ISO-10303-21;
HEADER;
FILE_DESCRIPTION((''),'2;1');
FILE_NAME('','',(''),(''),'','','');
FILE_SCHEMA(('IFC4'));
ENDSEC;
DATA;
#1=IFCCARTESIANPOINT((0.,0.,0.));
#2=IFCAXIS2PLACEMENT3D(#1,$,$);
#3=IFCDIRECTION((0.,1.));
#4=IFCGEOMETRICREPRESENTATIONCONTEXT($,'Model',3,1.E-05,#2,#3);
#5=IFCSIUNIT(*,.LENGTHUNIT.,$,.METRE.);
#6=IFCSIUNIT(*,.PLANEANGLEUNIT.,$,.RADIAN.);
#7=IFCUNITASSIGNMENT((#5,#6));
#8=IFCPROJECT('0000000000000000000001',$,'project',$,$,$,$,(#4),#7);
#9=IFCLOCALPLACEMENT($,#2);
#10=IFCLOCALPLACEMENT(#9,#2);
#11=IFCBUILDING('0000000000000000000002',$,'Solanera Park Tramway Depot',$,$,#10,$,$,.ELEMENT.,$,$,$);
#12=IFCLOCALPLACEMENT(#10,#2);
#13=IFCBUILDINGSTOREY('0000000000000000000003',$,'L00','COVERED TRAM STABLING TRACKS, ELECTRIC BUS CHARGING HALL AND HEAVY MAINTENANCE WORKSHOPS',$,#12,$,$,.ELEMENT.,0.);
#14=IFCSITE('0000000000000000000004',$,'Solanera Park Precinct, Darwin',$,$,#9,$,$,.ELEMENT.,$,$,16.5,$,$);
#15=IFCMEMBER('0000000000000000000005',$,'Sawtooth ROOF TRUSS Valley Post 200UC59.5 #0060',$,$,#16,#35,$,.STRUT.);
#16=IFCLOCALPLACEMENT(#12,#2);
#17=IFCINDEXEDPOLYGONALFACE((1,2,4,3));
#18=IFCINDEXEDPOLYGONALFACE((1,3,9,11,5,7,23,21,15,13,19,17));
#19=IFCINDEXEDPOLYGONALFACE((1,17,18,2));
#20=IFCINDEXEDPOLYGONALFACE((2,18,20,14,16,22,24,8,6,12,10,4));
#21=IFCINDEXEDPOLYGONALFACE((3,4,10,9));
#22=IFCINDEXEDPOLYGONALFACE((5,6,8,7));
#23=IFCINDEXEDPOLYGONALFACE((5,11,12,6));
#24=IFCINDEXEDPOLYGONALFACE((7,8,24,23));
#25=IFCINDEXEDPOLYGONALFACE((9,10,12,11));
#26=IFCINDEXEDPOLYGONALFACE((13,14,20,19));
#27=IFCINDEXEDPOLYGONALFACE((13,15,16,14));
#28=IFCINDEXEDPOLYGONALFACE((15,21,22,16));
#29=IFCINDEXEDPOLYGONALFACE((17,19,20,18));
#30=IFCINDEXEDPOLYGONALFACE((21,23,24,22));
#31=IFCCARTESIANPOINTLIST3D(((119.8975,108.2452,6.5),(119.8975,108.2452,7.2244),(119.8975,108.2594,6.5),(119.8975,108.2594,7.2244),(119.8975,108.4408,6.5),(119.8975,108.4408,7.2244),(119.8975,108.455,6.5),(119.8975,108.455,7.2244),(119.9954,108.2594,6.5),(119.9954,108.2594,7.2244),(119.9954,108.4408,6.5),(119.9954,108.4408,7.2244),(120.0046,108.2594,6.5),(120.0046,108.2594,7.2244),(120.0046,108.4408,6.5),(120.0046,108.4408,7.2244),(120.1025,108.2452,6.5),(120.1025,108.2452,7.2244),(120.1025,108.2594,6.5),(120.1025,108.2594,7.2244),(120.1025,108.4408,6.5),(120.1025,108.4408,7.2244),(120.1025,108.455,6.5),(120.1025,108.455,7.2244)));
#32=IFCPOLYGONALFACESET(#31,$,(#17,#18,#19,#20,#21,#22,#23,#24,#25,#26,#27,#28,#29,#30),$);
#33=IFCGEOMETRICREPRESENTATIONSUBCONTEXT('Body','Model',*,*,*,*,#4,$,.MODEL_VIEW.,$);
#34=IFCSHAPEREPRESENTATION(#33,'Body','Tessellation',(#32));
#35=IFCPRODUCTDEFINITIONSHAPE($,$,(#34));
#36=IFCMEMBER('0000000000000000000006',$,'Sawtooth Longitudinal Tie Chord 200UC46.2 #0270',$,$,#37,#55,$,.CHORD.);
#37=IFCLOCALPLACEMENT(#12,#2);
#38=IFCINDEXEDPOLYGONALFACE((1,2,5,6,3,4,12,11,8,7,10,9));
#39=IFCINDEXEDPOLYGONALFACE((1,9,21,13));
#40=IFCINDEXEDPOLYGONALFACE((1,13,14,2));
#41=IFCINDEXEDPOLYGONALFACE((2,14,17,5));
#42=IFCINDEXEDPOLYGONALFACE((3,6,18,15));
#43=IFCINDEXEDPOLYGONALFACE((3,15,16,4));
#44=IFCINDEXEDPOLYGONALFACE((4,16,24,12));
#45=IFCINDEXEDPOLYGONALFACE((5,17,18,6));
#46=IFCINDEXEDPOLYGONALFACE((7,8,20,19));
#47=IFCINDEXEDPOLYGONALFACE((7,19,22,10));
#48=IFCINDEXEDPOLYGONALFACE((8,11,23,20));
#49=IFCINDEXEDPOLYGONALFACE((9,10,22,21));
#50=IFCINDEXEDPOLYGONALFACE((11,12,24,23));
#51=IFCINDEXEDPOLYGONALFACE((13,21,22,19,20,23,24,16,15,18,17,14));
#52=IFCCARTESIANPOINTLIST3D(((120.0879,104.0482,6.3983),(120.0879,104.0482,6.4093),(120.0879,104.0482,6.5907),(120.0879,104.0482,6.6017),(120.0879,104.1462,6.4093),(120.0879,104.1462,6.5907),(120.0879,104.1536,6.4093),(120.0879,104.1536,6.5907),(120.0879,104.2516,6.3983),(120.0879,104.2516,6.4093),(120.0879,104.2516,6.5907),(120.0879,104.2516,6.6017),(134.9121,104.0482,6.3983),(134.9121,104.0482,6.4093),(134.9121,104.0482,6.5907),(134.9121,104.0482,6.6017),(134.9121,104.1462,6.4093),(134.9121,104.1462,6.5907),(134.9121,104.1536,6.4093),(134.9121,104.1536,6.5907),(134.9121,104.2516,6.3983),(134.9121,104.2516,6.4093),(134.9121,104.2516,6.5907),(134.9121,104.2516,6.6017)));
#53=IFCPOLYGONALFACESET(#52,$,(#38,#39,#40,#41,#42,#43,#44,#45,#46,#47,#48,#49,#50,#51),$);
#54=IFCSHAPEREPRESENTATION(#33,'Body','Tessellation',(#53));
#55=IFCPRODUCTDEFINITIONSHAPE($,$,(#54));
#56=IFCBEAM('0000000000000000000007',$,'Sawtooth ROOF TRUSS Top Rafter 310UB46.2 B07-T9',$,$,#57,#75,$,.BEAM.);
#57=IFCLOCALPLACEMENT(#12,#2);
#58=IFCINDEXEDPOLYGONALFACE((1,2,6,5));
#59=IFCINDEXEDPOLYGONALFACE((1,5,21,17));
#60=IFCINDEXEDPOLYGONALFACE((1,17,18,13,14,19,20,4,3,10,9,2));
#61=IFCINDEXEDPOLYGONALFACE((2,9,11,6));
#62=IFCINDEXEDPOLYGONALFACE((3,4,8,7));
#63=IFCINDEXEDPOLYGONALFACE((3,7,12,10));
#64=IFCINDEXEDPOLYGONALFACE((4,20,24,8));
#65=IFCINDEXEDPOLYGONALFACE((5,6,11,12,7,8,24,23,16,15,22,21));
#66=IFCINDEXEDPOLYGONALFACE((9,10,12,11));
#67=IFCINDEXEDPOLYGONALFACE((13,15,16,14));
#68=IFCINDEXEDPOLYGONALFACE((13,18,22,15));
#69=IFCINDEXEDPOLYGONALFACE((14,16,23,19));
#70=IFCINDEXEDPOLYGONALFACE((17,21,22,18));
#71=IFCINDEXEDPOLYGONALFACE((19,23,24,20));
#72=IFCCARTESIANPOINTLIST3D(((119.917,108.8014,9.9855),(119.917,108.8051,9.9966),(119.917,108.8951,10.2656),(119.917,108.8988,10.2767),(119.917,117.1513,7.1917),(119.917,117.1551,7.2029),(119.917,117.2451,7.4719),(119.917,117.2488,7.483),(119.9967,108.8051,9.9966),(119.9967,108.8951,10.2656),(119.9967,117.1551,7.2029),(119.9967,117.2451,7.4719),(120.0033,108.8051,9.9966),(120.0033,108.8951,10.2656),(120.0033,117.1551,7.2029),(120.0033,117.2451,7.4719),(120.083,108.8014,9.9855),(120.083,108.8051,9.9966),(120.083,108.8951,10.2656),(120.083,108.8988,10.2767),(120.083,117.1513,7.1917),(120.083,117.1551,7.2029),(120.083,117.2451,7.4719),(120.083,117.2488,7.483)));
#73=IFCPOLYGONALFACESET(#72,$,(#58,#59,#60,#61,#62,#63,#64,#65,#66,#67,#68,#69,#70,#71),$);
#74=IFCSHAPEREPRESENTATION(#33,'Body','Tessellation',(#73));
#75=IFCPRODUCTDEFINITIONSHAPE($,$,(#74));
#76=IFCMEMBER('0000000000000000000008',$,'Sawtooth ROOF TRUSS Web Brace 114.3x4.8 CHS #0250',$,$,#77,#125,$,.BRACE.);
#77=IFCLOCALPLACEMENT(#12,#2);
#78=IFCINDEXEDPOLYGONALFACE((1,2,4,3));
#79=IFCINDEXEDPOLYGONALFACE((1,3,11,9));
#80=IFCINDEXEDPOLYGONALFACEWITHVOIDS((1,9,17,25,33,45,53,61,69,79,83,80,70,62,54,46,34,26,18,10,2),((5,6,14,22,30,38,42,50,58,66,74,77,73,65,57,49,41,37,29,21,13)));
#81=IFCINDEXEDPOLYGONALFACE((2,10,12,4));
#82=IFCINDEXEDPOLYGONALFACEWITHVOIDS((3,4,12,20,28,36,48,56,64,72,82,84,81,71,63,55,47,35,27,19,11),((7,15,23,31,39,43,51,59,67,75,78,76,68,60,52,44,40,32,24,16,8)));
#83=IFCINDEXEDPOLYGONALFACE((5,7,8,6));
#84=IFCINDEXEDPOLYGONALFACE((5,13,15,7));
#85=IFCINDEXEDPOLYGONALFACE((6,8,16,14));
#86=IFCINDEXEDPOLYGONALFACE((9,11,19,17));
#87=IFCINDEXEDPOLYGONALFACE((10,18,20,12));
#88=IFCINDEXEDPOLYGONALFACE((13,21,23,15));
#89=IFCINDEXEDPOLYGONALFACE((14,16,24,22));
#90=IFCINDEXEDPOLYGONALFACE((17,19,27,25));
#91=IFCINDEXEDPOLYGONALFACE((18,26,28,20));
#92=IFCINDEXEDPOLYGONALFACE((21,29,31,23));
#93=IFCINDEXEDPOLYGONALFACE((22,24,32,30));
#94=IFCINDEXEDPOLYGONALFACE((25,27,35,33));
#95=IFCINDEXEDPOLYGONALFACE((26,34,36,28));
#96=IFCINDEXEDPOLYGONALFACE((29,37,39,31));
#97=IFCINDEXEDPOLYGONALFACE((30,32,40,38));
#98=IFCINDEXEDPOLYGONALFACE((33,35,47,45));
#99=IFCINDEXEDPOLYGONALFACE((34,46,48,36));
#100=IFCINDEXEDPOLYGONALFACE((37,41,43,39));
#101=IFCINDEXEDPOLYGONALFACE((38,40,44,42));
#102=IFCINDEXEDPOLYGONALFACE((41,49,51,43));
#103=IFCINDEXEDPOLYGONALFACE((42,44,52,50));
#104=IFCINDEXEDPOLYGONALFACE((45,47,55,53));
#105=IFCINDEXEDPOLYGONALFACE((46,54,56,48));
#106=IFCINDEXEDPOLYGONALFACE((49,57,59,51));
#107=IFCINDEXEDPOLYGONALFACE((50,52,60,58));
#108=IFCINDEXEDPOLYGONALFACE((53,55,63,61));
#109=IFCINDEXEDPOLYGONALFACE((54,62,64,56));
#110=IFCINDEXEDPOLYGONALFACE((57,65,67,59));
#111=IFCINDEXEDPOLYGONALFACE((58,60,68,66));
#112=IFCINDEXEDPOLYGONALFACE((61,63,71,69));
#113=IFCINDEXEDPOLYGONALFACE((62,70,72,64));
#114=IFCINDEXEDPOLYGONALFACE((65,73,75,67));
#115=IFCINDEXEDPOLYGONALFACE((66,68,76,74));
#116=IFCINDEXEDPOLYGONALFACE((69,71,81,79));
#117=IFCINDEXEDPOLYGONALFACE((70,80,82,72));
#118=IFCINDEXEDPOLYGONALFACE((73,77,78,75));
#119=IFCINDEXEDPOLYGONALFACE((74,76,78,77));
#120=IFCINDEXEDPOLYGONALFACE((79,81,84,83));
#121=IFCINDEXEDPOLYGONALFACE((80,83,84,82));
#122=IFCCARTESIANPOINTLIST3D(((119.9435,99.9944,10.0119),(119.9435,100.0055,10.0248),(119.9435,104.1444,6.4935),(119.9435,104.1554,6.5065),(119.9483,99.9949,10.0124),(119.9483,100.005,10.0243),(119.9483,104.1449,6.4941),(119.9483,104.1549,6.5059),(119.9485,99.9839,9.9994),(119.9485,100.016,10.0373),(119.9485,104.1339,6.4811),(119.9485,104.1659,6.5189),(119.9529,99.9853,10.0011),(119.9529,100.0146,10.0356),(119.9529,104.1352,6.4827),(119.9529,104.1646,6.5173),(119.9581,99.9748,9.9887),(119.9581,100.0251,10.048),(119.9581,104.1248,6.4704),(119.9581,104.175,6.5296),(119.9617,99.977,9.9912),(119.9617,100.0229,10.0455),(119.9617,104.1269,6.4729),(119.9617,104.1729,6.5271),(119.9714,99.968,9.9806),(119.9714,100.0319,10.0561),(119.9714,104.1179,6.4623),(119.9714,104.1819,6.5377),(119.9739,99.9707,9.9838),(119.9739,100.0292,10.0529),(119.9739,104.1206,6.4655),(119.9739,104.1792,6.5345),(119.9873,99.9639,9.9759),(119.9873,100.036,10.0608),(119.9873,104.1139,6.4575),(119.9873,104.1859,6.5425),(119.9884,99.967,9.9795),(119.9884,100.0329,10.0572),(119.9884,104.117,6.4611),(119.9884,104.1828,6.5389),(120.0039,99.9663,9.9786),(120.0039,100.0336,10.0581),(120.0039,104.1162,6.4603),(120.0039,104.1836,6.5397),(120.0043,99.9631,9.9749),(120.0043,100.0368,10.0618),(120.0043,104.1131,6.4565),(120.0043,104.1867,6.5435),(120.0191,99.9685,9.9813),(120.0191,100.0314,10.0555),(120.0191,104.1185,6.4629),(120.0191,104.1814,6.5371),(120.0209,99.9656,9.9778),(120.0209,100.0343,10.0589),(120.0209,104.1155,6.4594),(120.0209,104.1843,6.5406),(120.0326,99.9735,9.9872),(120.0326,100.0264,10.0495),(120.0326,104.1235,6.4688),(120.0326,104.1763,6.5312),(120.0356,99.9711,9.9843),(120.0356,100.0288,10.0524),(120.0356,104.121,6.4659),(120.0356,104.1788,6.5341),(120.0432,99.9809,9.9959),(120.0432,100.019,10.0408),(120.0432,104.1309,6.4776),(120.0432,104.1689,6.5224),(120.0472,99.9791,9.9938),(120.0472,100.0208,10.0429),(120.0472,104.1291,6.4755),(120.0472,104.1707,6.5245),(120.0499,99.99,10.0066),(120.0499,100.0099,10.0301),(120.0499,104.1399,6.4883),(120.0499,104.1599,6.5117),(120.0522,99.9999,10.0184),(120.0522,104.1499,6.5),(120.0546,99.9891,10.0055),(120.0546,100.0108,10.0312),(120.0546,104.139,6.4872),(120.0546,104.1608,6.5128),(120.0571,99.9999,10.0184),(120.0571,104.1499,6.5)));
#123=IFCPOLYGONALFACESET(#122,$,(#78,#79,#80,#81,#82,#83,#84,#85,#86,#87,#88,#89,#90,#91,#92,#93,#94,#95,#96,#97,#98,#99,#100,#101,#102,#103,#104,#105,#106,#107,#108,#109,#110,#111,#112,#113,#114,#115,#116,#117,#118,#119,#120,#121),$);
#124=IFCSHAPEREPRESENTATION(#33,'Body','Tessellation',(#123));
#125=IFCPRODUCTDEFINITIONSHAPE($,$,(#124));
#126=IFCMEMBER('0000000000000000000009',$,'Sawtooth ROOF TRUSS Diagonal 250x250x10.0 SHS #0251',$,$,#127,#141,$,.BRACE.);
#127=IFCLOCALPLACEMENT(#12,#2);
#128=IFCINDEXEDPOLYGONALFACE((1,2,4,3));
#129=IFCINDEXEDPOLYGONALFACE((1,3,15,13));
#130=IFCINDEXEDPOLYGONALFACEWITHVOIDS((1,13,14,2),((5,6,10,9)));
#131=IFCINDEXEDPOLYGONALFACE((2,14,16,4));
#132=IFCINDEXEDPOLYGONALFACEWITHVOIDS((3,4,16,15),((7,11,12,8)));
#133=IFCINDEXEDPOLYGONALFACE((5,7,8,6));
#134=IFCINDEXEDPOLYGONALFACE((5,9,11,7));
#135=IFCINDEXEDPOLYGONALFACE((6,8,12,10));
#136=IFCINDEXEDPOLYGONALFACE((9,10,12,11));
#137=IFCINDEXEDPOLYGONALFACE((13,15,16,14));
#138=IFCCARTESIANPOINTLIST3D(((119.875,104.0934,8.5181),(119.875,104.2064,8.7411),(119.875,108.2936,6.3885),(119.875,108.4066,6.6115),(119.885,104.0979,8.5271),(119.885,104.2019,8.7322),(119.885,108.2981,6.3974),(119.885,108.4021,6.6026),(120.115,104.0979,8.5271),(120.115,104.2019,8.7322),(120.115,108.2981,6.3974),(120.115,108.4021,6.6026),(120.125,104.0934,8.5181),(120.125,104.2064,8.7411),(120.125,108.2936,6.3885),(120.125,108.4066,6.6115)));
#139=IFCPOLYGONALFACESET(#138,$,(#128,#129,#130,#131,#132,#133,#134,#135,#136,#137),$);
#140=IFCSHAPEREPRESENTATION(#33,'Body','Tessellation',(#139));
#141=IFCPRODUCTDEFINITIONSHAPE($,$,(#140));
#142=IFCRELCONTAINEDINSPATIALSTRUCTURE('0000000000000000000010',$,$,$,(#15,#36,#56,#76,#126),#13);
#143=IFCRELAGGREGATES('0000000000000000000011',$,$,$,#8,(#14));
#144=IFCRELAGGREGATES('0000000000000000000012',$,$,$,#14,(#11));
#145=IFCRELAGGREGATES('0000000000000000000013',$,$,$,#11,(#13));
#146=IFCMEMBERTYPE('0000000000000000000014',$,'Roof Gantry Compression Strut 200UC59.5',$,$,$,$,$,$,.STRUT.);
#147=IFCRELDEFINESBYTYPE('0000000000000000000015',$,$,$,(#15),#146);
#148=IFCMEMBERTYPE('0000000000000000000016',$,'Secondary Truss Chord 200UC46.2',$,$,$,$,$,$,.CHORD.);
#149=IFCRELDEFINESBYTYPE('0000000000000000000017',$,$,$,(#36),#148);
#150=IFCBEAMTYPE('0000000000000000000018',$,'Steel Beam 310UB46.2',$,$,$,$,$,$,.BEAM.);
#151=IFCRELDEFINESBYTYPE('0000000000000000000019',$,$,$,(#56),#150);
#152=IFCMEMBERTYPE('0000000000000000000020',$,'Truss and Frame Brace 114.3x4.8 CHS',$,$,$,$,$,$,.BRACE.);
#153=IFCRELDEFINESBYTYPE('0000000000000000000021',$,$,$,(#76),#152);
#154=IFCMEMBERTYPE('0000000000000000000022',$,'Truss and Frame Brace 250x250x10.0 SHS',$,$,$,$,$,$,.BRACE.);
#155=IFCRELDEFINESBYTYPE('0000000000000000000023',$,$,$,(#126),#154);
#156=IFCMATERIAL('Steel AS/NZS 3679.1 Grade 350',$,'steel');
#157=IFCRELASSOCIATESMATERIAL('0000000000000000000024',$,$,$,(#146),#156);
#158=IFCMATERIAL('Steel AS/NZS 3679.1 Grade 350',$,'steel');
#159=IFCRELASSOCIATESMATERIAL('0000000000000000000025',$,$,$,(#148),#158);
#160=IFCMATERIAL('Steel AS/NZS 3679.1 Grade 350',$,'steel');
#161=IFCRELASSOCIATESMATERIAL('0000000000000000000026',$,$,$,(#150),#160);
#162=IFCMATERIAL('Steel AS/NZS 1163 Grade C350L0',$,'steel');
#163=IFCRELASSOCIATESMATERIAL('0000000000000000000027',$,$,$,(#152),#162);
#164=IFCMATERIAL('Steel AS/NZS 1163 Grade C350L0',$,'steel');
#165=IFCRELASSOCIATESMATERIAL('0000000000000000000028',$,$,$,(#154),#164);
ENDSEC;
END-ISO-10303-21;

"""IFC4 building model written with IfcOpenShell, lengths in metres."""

from ifc_helpers import new_model, si_unit, direction, frame, origin, origin_2d, place, context, subcontext, project, spatial, hollow_rectangle, hollow_circle, i_section, extrude, material, material_profile, profile_set, type_object, element, save


model = new_model("IFC4")

# Units and contexts
model_context = context("Model", 3, precision=1e-05, world=origin(), true_north=direction((0.0, 1.0)))
body_context = subcontext(model_context, "Body", "Model", "MODEL_VIEW")
ifc_project = project(units=[si_unit("LENGTHUNIT", "METRE"), si_unit("PLANEANGLEUNIT", "RADIAN")], contexts=[model_context])

# Site, building, storey
site_placement = place(None, origin())
site = spatial("IfcSite", under=ifc_project, at=site_placement, Name="Solanera Park Precinct, Darwin", CompositionType="ELEMENT", RefElevation=16.5)
building_placement = place(site_placement, origin())
building = spatial("IfcBuilding", under=site, at=building_placement, Name="Solanera Park Tramway Depot", CompositionType="ELEMENT")
storey_placement = place(building_placement, origin())
storey = spatial("IfcBuildingStorey", under=building, at=storey_placement, Name="L00", Description="COVERED TRAM STABLING TRACKS, ELECTRIC BUS CHARGING HALL AND HEAVY MAINTENANCE WORKSHOPS", CompositionType="ELEMENT", Elevation=0.0)

# Members
ifc_material_1 = material(Name="Steel AS/NZS 3679.1 Grade 350", Category="steel")
ifc_material_profile_1 = material_profile(ifc_material_1, i_section(OverallWidth=0.2051, OverallDepth=0.2097, WebThickness=0.0093, FlangeThickness=0.0142, at=origin_2d()), Name="200UC59.5")
ifc_profile_set_1 = profile_set([ifc_material_profile_1], Name="Steel AS/NZS 3679.1 Grade 350")
member_type_1 = type_object("IfcMemberType", Name="Roof Gantry Compression Strut 200UC59.5", PredefinedType="STRUT", material=ifc_profile_set_1)
member_1_placement = place(storey_placement, frame((120.0, 108.3501, 6.5), z_axis=(0.0, 0.0, 1.0), x_axis=(1.0, 0.0, 0.0)))
element("IfcMember", 1, at=member_1_placement, inside=storey, type_object=member_type_1, Name="Sawtooth ROOF TRUSS Valley Post 200UC59.5 #0060", PredefinedType="STRUT", context=body_context, shape_type="SweptSolid", body=[
    extrude(i_section(OverallWidth=0.2051, OverallDepth=0.2097, WebThickness=0.0093, FlangeThickness=0.0142, at=origin_2d()), origin(), (0.0, 0.0, 1.0), 0.7244),
])
ifc_material_2 = material(Name="Steel AS/NZS 3679.1 Grade 350", Category="steel")
ifc_material_profile_2 = material_profile(ifc_material_2, i_section(OverallWidth=0.2034, OverallDepth=0.2034, WebThickness=0.0073, FlangeThickness=0.011, at=origin_2d()), Name="200UC46.2")
ifc_profile_set_2 = profile_set([ifc_material_profile_2], Name="Steel AS/NZS 3679.1 Grade 350")
member_type_2 = type_object("IfcMemberType", Name="Secondary Truss Chord 200UC46.2", PredefinedType="CHORD", material=ifc_profile_set_2)
member_2_placement = place(storey_placement, frame((120.0879, 104.1499, 6.5), z_axis=(1.0, 0.0, 0.0), x_axis=(0.0, 1.0, 0.0)))
element("IfcMember", 2, at=member_2_placement, inside=storey, type_object=member_type_2, Name="Sawtooth Longitudinal Tie Chord 200UC46.2 #0270", PredefinedType="CHORD", context=body_context, shape_type="SweptSolid", body=[
    extrude(i_section(OverallWidth=0.2034, OverallDepth=0.2034, WebThickness=0.0073, FlangeThickness=0.011, at=origin_2d()), origin(), (0.0, 0.0, 1.0), 14.8242),
])

# Beam
ifc_material_3 = material(Name="Steel AS/NZS 3679.1 Grade 350", Category="steel")
ifc_material_profile_3 = material_profile(ifc_material_3, i_section(OverallWidth=0.166, OverallDepth=0.3071, WebThickness=0.0066, FlangeThickness=0.0117, at=origin_2d()), Name="310UB46.2")
ifc_profile_set_3 = profile_set([ifc_material_profile_3], Name="Steel AS/NZS 3679.1 Grade 350")
beam_type = type_object("IfcBeamType", Name="Steel Beam 310UB46.2", PredefinedType="BEAM", material=ifc_profile_set_3)
beam_placement = place(storey_placement, frame((120.0, 108.8501, 10.1311), z_axis=(0.0, 0.948328, -0.317292), x_axis=(-1.0, 0.0, 0.0)))
element("IfcBeam", 3, at=beam_placement, inside=storey, type_object=beam_type, Name="Sawtooth ROOF TRUSS Top Rafter 310UB46.2 B07-T9", PredefinedType="BEAM", context=body_context, shape_type="SweptSolid", body=[
    extrude(i_section(OverallWidth=0.166, OverallDepth=0.3071, WebThickness=0.0066, FlangeThickness=0.0117, at=origin_2d()), origin(), (0.0, 0.0, 1.0), 8.8049),
])

# Members
ifc_material_4 = material(Name="Steel AS/NZS 1163 Grade C350L0", Category="steel")
ifc_material_profile_4 = material_profile(ifc_material_4, hollow_circle(Radius=0.0571, WallThickness=0.0049, at=origin_2d()), Name="114.3x4.8 CHS")
ifc_profile_set_4 = profile_set([ifc_material_profile_4], Name="Steel AS/NZS 1163 Grade C350L0")
member_type_3 = type_object("IfcMemberType", Name="Truss and Frame Brace 114.3x4.8 CHS", PredefinedType="BRACE", material=ifc_profile_set_4)
member_3_placement = place(storey_placement, frame((120.0, 104.1499, 6.5), z_axis=(0.0, -0.762765, 0.646676), x_axis=(1.0, 0.0, 0.0)))
element("IfcMember", 4, at=member_3_placement, inside=storey, type_object=member_type_3, Name="Sawtooth ROOF TRUSS Web Brace 114.3x4.8 CHS #0250", PredefinedType="BRACE", context=body_context, shape_type="SweptSolid", body=[
    extrude(hollow_circle(Radius=0.0571, WallThickness=0.0049, at=origin_2d()), origin(), (0.0, 0.0, 1.0), 5.4407),
])
ifc_material_5 = material(Name="Steel AS/NZS 1163 Grade C350L0", Category="steel")
ifc_material_profile_5 = material_profile(ifc_material_5, hollow_rectangle(XDim=0.25, YDim=0.25, WallThickness=0.01, at=origin_2d()), Name="250x250x10.0 SHS")
ifc_profile_set_5 = profile_set([ifc_material_profile_5], Name="Steel AS/NZS 1163 Grade C350L0")
member_type_4 = type_object("IfcMemberType", Name="Truss and Frame Brace 250x250x10.0 SHS", PredefinedType="BRACE", material=ifc_profile_set_5)
member_4_placement = place(storey_placement, frame((120.0, 108.3501, 6.5), z_axis=(0.0, -0.891904, 0.452225), x_axis=(1.0, 0.0, 0.0)))
element("IfcMember", 5, at=member_4_placement, inside=storey, type_object=member_type_4, Name="Sawtooth ROOF TRUSS Diagonal 250x250x10.0 SHS #0251", PredefinedType="BRACE", context=body_context, shape_type="SweptSolid", body=[
    extrude(hollow_rectangle(XDim=0.25, YDim=0.25, WallThickness=0.01, at=origin_2d()), origin(), (0.0, 0.0, 1.0), 4.7092),
])

save(model, "model.ifc")
